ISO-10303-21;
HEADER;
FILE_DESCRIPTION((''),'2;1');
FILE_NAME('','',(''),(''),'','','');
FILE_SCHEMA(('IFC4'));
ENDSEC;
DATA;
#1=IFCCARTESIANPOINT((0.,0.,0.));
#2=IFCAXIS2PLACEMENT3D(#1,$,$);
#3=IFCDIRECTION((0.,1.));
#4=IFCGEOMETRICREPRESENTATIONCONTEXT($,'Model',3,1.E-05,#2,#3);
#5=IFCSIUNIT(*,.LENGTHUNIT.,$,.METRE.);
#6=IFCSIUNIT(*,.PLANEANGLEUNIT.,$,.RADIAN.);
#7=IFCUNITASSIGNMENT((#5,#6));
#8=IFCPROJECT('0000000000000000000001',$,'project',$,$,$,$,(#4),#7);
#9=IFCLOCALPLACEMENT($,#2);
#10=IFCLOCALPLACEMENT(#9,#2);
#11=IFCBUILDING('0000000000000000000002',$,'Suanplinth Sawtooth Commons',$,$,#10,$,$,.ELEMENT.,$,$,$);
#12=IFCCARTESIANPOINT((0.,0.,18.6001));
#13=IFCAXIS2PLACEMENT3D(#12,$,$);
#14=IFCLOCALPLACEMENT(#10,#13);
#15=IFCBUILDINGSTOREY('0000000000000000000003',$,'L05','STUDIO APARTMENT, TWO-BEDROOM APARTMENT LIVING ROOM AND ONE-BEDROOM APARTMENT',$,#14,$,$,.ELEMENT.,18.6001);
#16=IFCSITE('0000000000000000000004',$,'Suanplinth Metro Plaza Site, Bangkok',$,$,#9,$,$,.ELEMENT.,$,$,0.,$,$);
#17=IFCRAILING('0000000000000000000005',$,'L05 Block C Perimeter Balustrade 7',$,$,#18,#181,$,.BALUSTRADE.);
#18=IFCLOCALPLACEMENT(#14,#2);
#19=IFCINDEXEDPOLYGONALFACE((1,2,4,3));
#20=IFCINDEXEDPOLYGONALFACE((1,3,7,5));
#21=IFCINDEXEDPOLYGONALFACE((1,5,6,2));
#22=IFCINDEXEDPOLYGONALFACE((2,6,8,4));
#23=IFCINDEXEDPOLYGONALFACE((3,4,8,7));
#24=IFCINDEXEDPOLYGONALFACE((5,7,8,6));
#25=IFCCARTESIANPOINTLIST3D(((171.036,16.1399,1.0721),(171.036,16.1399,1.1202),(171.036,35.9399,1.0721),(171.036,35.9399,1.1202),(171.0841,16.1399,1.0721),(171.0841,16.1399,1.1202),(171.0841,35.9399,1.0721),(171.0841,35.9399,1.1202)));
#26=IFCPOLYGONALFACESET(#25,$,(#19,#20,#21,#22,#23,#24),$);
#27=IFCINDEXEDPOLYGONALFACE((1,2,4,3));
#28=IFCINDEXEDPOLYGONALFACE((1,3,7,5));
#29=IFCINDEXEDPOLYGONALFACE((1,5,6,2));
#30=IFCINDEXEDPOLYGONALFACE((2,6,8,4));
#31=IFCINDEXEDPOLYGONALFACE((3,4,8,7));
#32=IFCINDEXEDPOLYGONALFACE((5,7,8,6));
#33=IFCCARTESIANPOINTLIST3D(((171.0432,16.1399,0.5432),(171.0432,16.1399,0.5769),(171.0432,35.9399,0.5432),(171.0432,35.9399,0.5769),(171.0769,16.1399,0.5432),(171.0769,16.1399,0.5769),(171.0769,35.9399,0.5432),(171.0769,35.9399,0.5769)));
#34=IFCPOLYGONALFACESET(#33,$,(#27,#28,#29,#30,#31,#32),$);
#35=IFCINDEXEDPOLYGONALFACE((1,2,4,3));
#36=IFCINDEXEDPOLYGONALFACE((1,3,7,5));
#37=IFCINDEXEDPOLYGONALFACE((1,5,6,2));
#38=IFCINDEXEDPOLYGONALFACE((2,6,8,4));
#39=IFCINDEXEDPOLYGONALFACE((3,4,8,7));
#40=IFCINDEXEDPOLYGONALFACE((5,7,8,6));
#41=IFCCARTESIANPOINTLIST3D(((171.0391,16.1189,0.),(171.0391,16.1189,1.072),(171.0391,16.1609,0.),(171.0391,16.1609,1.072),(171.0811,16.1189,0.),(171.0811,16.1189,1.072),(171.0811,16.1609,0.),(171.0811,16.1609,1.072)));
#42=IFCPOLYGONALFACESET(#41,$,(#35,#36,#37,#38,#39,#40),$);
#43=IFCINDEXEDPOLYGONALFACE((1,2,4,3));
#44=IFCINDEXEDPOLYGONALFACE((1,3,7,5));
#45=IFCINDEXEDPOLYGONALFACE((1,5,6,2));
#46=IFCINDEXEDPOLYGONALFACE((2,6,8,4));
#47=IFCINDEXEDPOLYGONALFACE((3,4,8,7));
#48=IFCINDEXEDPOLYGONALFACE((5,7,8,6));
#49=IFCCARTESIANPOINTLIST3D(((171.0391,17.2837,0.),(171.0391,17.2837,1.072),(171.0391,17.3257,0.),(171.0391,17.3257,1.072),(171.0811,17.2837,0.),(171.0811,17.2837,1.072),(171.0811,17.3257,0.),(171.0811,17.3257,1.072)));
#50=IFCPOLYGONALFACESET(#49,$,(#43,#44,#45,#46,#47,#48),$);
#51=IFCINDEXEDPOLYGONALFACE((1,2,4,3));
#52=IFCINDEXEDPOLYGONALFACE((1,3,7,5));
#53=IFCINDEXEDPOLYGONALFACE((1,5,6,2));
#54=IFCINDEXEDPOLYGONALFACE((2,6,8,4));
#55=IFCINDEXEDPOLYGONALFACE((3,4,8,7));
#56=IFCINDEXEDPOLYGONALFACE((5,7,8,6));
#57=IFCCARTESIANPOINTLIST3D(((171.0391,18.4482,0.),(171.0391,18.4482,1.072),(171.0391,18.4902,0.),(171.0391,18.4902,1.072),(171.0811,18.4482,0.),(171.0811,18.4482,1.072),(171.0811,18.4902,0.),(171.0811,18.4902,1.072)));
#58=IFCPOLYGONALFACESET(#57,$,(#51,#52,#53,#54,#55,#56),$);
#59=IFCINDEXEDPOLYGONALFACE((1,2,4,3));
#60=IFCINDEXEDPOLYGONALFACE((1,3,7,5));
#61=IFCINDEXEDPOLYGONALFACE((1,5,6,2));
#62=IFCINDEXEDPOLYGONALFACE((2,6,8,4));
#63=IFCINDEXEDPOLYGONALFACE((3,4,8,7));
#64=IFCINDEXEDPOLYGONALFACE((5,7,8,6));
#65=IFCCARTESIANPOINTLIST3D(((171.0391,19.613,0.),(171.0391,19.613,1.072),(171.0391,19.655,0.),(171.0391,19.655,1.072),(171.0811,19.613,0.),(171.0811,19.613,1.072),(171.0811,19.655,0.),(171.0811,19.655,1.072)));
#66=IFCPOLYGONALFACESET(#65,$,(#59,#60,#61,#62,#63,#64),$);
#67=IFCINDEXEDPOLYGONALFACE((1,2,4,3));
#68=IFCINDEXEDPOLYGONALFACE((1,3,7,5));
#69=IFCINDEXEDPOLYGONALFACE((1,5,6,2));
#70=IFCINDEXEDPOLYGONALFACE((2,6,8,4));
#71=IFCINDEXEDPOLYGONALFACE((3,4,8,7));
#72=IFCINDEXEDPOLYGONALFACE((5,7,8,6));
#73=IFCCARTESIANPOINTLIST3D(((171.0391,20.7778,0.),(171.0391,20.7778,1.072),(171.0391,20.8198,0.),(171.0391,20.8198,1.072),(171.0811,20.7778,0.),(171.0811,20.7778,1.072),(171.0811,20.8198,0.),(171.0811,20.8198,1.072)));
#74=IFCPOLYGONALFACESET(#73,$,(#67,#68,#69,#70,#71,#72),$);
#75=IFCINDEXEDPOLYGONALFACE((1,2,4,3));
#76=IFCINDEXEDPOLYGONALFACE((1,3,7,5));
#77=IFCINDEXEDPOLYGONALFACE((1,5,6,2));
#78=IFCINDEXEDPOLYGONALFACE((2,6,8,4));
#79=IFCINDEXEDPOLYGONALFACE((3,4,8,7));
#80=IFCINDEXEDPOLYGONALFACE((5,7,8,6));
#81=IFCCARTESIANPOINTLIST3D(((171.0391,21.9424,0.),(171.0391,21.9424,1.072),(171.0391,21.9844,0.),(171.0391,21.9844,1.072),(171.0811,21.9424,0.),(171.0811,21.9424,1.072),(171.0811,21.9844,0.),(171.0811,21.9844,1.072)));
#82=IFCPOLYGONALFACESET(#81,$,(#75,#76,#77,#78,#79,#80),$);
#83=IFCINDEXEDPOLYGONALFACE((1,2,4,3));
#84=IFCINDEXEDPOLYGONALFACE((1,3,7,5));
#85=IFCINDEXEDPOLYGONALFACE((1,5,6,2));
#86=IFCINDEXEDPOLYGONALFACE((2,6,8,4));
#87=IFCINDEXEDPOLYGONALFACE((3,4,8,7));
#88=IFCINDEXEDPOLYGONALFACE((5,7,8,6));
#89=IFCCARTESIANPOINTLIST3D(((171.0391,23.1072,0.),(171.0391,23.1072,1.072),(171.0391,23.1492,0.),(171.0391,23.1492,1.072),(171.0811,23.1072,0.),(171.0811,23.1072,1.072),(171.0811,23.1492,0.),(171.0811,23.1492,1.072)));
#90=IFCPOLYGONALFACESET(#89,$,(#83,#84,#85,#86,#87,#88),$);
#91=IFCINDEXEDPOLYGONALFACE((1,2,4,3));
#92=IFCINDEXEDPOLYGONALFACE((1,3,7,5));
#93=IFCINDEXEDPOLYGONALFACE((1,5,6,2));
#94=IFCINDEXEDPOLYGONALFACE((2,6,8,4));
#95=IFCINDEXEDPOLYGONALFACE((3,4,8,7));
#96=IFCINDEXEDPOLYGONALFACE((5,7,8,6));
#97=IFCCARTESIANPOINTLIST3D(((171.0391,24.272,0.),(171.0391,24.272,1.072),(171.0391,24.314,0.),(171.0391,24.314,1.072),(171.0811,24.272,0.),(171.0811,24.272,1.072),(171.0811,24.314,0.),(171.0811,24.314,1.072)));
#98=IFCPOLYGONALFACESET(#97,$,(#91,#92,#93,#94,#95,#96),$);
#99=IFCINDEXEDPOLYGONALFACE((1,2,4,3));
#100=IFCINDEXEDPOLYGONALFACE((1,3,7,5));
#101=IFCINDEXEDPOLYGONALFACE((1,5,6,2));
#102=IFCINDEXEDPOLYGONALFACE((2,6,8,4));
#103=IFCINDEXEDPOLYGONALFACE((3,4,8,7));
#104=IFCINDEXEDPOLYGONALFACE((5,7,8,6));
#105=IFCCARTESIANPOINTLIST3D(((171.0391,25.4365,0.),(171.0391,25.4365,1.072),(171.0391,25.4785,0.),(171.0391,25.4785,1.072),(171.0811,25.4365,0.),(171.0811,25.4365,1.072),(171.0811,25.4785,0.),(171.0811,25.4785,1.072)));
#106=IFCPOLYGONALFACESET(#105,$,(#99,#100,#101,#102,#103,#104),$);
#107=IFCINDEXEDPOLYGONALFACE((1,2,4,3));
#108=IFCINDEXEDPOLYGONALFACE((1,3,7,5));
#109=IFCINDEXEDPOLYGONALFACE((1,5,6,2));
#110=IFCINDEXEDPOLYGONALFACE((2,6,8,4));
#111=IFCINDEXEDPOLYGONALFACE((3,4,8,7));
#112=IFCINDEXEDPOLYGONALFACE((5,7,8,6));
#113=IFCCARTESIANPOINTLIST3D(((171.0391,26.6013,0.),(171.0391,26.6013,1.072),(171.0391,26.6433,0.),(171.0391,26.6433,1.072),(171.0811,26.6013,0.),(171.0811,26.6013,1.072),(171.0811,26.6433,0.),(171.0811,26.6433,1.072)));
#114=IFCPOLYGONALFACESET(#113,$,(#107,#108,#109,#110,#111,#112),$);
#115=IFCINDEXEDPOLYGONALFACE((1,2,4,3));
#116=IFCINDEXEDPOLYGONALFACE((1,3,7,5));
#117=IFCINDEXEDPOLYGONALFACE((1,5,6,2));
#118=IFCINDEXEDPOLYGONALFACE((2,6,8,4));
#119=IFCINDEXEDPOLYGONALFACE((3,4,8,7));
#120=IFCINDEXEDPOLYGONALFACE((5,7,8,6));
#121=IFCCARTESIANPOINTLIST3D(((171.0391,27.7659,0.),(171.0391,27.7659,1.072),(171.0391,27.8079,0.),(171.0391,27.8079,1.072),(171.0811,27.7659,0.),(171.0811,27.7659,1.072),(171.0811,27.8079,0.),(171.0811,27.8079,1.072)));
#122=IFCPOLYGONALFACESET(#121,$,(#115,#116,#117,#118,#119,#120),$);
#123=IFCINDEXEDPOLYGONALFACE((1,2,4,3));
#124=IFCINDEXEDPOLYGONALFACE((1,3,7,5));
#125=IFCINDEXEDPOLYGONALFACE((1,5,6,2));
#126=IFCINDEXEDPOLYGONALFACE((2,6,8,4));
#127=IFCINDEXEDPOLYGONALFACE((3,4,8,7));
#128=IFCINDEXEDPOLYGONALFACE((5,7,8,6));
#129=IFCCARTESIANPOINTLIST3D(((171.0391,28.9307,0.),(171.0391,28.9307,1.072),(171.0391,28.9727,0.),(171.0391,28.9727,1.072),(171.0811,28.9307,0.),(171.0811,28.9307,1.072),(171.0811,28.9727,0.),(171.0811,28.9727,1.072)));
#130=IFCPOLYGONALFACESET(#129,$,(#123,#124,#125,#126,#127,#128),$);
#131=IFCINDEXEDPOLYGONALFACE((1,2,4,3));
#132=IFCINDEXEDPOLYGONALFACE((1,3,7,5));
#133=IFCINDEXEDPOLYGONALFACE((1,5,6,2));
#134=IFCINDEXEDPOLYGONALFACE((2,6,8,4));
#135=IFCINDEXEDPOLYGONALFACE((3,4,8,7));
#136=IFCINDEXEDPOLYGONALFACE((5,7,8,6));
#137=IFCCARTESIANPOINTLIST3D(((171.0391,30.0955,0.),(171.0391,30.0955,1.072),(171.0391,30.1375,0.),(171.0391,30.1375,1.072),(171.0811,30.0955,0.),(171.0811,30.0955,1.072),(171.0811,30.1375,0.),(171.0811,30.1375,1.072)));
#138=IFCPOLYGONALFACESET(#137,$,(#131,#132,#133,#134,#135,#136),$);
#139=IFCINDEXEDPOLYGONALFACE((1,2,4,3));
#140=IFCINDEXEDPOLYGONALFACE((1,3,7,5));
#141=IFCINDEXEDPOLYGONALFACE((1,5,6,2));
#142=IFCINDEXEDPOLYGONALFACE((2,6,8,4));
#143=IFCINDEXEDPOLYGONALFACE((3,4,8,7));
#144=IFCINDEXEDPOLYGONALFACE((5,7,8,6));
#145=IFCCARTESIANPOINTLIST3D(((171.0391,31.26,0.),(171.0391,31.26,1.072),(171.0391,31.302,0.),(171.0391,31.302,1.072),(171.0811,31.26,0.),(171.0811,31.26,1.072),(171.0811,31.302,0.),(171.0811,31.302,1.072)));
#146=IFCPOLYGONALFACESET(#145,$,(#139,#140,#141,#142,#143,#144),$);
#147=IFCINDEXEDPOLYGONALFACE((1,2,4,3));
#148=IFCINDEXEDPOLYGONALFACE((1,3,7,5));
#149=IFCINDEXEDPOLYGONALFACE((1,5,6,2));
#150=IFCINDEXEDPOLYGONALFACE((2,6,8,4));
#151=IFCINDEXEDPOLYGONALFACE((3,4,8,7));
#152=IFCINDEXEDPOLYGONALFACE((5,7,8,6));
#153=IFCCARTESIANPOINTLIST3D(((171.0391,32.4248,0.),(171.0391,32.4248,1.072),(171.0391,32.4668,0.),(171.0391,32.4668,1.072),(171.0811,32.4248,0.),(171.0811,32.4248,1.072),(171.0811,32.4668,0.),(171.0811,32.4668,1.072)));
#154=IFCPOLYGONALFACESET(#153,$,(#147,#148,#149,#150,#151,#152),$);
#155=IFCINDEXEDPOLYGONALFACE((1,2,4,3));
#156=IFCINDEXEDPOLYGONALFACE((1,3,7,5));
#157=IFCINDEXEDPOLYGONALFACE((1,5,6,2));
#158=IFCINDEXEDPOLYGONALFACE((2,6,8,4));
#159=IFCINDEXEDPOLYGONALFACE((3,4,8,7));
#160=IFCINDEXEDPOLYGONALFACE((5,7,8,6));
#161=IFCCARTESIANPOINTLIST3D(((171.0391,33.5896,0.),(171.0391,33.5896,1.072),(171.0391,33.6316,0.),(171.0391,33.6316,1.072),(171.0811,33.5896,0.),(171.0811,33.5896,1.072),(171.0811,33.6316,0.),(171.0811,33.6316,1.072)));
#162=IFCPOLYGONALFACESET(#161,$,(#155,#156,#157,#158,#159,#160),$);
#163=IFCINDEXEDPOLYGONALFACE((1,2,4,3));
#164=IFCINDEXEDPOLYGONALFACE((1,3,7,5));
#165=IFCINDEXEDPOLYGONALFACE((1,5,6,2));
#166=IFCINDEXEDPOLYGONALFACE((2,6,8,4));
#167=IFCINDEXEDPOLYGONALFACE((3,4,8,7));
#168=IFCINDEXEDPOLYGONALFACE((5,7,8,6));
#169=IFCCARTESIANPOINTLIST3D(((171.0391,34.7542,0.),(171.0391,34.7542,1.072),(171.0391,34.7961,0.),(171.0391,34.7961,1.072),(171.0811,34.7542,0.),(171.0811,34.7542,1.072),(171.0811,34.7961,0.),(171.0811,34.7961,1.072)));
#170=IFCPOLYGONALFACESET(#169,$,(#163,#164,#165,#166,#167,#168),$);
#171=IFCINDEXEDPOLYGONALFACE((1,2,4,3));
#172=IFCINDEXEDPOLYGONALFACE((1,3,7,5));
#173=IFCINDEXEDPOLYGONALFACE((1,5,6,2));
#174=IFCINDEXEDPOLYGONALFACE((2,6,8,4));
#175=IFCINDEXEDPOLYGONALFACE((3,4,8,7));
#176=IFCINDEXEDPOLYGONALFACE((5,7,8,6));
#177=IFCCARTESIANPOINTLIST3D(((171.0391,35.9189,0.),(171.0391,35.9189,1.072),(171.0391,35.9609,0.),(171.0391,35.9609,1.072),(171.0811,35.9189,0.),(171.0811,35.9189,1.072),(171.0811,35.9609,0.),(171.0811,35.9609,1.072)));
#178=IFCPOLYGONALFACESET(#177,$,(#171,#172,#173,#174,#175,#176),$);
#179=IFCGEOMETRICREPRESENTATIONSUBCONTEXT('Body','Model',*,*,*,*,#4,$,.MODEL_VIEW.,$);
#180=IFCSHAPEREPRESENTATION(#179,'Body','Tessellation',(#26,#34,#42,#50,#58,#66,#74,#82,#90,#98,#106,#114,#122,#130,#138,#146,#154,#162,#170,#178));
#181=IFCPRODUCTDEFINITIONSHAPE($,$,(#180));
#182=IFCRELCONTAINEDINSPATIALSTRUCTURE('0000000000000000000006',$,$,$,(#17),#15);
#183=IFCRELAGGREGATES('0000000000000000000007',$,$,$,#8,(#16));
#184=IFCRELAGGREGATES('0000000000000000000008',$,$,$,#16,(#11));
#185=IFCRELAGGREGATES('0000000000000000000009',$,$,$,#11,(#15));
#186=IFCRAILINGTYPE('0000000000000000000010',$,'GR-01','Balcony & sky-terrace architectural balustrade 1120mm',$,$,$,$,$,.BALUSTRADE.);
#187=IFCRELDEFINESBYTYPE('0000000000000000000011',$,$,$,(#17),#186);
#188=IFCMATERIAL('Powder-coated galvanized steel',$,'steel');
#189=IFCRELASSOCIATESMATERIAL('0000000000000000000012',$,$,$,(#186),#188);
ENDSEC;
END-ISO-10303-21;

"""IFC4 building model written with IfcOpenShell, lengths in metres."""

from ifc_helpers import new_model, si_unit, direction, frame, origin, origin_2d, place, context, subcontext, project, spatial, rectangle, extrude, material, type_object, element, save


model = new_model("IFC4")

# Units and contexts
model_context = context("Model", 3, precision=1e-05, world=origin(), true_north=direction((0.0, 1.0)))
body_context = subcontext(model_context, "Body", "Model", "MODEL_VIEW")
ifc_project = project(units=[si_unit("LENGTHUNIT", "METRE"), si_unit("PLANEANGLEUNIT", "RADIAN")], contexts=[model_context])

# Site, building, storey
site_placement = place(None, origin())
site = spatial("IfcSite", under=ifc_project, at=site_placement, Name="Suanplinth Metro Plaza Site, Bangkok", CompositionType="ELEMENT", RefElevation=0.0)
building_placement = place(site_placement, origin())
building = spatial("IfcBuilding", under=site, at=building_placement, Name="Suanplinth Sawtooth Commons", CompositionType="ELEMENT")
storey_placement = place(building_placement, frame((0.0, 0.0, 18.6001)))
storey = spatial("IfcBuildingStorey", under=building, at=storey_placement, Name="L05", Description="STUDIO APARTMENT, TWO-BEDROOM APARTMENT LIVING ROOM AND ONE-BEDROOM APARTMENT", CompositionType="ELEMENT", Elevation=18.6001)

# Railing
ifc_material_1 = material(Name="Powder-coated galvanized steel", Category="steel")
railing_type = type_object("IfcRailingType", Name="GR-01", Description="Balcony & sky-terrace architectural balustrade 1120mm", PredefinedType="BALUSTRADE", material=ifc_material_1)
railing_placement = place(storey_placement, frame((171.0601, 16.1399, 0.0)))
element("IfcRailing", 1, at=railing_placement, inside=storey, type_object=railing_type, Name="L05 Block C Perimeter Balustrade 7", PredefinedType="BALUSTRADE", context=body_context, shape_type="SweptSolid", body=[
    extrude(rectangle(XDim=0.0481, YDim=0.0481, at=origin_2d()), frame((0.0, 0.0, 1.0962), z_axis=(0.0, 1.0, 0.0), x_axis=(-1.0, 0.0, 0.0)), (0.0, 0.0, 1.0), 19.8),
    extrude(rectangle(XDim=0.0337, YDim=0.0337, at=origin_2d()), frame((0.0, 0.0, 0.5601), z_axis=(0.0, 1.0, 0.0), x_axis=(-1.0, 0.0, 0.0)), (0.0, 0.0, 1.0), 19.8),
    extrude(rectangle(XDim=0.042, YDim=0.042, at=origin_2d()), origin(), (0.0, 0.0, 1.0), 1.072),
    extrude(rectangle(XDim=0.042, YDim=0.042, at=origin_2d()), frame((0.0, 1.1648, 0.0)), (0.0, 0.0, 1.0), 1.072),
    extrude(rectangle(XDim=0.042, YDim=0.042, at=origin_2d()), frame((0.0, 2.3293, 0.0)), (0.0, 0.0, 1.0), 1.072),
    extrude(rectangle(XDim=0.042, YDim=0.042, at=origin_2d()), frame((0.0, 3.4941, 0.0)), (0.0, 0.0, 1.0), 1.072),
    extrude(rectangle(XDim=0.042, YDim=0.042, at=origin_2d()), frame((0.0, 4.6589, 0.0)), (0.0, 0.0, 1.0), 1.072),
    extrude(rectangle(XDim=0.042, YDim=0.042, at=origin_2d()), frame((0.0, 5.8235, 0.0)), (0.0, 0.0, 1.0), 1.072),
    extrude(rectangle(XDim=0.042, YDim=0.042, at=origin_2d()), frame((0.0, 6.9883, 0.0)), (0.0, 0.0, 1.0), 1.072),
    extrude(rectangle(XDim=0.042, YDim=0.042, at=origin_2d()), frame((0.0, 8.1531, 0.0)), (0.0, 0.0, 1.0), 1.072),
    extrude(rectangle(XDim=0.042, YDim=0.042, at=origin_2d()), frame((0.0, 9.3176, 0.0)), (0.0, 0.0, 1.0), 1.072),
    extrude(rectangle(XDim=0.042, YDim=0.042, at=origin_2d()), frame((0.0, 10.4824, 0.0)), (0.0, 0.0, 1.0), 1.072),
    extrude(rectangle(XDim=0.042, YDim=0.042, at=origin_2d()), frame((0.0, 11.647, 0.0)), (0.0, 0.0, 1.0), 1.072),
    extrude(rectangle(XDim=0.042, YDim=0.042, at=origin_2d()), frame((0.0, 12.8118, 0.0)), (0.0, 0.0, 1.0), 1.072),
    extrude(rectangle(XDim=0.042, YDim=0.042, at=origin_2d()), frame((0.0, 13.9766, 0.0)), (0.0, 0.0, 1.0), 1.072),
    extrude(rectangle(XDim=0.042, YDim=0.042, at=origin_2d()), frame((0.0, 15.1411, 0.0)), (0.0, 0.0, 1.0), 1.072),
    extrude(rectangle(XDim=0.042, YDim=0.042, at=origin_2d()), frame((0.0, 16.3059, 0.0)), (0.0, 0.0, 1.0), 1.072),
    extrude(rectangle(XDim=0.042, YDim=0.042, at=origin_2d()), frame((0.0, 17.4707, 0.0)), (0.0, 0.0, 1.0), 1.072),
    extrude(rectangle(XDim=0.042, YDim=0.042, at=origin_2d()), frame((0.0, 18.6353, 0.0)), (0.0, 0.0, 1.0), 1.072),
    extrude(rectangle(XDim=0.042, YDim=0.042, at=origin_2d()), frame((0.0, 19.8, 0.0)), (0.0, 0.0, 1.0), 1.072),
])

save(model, "model.ifc")
